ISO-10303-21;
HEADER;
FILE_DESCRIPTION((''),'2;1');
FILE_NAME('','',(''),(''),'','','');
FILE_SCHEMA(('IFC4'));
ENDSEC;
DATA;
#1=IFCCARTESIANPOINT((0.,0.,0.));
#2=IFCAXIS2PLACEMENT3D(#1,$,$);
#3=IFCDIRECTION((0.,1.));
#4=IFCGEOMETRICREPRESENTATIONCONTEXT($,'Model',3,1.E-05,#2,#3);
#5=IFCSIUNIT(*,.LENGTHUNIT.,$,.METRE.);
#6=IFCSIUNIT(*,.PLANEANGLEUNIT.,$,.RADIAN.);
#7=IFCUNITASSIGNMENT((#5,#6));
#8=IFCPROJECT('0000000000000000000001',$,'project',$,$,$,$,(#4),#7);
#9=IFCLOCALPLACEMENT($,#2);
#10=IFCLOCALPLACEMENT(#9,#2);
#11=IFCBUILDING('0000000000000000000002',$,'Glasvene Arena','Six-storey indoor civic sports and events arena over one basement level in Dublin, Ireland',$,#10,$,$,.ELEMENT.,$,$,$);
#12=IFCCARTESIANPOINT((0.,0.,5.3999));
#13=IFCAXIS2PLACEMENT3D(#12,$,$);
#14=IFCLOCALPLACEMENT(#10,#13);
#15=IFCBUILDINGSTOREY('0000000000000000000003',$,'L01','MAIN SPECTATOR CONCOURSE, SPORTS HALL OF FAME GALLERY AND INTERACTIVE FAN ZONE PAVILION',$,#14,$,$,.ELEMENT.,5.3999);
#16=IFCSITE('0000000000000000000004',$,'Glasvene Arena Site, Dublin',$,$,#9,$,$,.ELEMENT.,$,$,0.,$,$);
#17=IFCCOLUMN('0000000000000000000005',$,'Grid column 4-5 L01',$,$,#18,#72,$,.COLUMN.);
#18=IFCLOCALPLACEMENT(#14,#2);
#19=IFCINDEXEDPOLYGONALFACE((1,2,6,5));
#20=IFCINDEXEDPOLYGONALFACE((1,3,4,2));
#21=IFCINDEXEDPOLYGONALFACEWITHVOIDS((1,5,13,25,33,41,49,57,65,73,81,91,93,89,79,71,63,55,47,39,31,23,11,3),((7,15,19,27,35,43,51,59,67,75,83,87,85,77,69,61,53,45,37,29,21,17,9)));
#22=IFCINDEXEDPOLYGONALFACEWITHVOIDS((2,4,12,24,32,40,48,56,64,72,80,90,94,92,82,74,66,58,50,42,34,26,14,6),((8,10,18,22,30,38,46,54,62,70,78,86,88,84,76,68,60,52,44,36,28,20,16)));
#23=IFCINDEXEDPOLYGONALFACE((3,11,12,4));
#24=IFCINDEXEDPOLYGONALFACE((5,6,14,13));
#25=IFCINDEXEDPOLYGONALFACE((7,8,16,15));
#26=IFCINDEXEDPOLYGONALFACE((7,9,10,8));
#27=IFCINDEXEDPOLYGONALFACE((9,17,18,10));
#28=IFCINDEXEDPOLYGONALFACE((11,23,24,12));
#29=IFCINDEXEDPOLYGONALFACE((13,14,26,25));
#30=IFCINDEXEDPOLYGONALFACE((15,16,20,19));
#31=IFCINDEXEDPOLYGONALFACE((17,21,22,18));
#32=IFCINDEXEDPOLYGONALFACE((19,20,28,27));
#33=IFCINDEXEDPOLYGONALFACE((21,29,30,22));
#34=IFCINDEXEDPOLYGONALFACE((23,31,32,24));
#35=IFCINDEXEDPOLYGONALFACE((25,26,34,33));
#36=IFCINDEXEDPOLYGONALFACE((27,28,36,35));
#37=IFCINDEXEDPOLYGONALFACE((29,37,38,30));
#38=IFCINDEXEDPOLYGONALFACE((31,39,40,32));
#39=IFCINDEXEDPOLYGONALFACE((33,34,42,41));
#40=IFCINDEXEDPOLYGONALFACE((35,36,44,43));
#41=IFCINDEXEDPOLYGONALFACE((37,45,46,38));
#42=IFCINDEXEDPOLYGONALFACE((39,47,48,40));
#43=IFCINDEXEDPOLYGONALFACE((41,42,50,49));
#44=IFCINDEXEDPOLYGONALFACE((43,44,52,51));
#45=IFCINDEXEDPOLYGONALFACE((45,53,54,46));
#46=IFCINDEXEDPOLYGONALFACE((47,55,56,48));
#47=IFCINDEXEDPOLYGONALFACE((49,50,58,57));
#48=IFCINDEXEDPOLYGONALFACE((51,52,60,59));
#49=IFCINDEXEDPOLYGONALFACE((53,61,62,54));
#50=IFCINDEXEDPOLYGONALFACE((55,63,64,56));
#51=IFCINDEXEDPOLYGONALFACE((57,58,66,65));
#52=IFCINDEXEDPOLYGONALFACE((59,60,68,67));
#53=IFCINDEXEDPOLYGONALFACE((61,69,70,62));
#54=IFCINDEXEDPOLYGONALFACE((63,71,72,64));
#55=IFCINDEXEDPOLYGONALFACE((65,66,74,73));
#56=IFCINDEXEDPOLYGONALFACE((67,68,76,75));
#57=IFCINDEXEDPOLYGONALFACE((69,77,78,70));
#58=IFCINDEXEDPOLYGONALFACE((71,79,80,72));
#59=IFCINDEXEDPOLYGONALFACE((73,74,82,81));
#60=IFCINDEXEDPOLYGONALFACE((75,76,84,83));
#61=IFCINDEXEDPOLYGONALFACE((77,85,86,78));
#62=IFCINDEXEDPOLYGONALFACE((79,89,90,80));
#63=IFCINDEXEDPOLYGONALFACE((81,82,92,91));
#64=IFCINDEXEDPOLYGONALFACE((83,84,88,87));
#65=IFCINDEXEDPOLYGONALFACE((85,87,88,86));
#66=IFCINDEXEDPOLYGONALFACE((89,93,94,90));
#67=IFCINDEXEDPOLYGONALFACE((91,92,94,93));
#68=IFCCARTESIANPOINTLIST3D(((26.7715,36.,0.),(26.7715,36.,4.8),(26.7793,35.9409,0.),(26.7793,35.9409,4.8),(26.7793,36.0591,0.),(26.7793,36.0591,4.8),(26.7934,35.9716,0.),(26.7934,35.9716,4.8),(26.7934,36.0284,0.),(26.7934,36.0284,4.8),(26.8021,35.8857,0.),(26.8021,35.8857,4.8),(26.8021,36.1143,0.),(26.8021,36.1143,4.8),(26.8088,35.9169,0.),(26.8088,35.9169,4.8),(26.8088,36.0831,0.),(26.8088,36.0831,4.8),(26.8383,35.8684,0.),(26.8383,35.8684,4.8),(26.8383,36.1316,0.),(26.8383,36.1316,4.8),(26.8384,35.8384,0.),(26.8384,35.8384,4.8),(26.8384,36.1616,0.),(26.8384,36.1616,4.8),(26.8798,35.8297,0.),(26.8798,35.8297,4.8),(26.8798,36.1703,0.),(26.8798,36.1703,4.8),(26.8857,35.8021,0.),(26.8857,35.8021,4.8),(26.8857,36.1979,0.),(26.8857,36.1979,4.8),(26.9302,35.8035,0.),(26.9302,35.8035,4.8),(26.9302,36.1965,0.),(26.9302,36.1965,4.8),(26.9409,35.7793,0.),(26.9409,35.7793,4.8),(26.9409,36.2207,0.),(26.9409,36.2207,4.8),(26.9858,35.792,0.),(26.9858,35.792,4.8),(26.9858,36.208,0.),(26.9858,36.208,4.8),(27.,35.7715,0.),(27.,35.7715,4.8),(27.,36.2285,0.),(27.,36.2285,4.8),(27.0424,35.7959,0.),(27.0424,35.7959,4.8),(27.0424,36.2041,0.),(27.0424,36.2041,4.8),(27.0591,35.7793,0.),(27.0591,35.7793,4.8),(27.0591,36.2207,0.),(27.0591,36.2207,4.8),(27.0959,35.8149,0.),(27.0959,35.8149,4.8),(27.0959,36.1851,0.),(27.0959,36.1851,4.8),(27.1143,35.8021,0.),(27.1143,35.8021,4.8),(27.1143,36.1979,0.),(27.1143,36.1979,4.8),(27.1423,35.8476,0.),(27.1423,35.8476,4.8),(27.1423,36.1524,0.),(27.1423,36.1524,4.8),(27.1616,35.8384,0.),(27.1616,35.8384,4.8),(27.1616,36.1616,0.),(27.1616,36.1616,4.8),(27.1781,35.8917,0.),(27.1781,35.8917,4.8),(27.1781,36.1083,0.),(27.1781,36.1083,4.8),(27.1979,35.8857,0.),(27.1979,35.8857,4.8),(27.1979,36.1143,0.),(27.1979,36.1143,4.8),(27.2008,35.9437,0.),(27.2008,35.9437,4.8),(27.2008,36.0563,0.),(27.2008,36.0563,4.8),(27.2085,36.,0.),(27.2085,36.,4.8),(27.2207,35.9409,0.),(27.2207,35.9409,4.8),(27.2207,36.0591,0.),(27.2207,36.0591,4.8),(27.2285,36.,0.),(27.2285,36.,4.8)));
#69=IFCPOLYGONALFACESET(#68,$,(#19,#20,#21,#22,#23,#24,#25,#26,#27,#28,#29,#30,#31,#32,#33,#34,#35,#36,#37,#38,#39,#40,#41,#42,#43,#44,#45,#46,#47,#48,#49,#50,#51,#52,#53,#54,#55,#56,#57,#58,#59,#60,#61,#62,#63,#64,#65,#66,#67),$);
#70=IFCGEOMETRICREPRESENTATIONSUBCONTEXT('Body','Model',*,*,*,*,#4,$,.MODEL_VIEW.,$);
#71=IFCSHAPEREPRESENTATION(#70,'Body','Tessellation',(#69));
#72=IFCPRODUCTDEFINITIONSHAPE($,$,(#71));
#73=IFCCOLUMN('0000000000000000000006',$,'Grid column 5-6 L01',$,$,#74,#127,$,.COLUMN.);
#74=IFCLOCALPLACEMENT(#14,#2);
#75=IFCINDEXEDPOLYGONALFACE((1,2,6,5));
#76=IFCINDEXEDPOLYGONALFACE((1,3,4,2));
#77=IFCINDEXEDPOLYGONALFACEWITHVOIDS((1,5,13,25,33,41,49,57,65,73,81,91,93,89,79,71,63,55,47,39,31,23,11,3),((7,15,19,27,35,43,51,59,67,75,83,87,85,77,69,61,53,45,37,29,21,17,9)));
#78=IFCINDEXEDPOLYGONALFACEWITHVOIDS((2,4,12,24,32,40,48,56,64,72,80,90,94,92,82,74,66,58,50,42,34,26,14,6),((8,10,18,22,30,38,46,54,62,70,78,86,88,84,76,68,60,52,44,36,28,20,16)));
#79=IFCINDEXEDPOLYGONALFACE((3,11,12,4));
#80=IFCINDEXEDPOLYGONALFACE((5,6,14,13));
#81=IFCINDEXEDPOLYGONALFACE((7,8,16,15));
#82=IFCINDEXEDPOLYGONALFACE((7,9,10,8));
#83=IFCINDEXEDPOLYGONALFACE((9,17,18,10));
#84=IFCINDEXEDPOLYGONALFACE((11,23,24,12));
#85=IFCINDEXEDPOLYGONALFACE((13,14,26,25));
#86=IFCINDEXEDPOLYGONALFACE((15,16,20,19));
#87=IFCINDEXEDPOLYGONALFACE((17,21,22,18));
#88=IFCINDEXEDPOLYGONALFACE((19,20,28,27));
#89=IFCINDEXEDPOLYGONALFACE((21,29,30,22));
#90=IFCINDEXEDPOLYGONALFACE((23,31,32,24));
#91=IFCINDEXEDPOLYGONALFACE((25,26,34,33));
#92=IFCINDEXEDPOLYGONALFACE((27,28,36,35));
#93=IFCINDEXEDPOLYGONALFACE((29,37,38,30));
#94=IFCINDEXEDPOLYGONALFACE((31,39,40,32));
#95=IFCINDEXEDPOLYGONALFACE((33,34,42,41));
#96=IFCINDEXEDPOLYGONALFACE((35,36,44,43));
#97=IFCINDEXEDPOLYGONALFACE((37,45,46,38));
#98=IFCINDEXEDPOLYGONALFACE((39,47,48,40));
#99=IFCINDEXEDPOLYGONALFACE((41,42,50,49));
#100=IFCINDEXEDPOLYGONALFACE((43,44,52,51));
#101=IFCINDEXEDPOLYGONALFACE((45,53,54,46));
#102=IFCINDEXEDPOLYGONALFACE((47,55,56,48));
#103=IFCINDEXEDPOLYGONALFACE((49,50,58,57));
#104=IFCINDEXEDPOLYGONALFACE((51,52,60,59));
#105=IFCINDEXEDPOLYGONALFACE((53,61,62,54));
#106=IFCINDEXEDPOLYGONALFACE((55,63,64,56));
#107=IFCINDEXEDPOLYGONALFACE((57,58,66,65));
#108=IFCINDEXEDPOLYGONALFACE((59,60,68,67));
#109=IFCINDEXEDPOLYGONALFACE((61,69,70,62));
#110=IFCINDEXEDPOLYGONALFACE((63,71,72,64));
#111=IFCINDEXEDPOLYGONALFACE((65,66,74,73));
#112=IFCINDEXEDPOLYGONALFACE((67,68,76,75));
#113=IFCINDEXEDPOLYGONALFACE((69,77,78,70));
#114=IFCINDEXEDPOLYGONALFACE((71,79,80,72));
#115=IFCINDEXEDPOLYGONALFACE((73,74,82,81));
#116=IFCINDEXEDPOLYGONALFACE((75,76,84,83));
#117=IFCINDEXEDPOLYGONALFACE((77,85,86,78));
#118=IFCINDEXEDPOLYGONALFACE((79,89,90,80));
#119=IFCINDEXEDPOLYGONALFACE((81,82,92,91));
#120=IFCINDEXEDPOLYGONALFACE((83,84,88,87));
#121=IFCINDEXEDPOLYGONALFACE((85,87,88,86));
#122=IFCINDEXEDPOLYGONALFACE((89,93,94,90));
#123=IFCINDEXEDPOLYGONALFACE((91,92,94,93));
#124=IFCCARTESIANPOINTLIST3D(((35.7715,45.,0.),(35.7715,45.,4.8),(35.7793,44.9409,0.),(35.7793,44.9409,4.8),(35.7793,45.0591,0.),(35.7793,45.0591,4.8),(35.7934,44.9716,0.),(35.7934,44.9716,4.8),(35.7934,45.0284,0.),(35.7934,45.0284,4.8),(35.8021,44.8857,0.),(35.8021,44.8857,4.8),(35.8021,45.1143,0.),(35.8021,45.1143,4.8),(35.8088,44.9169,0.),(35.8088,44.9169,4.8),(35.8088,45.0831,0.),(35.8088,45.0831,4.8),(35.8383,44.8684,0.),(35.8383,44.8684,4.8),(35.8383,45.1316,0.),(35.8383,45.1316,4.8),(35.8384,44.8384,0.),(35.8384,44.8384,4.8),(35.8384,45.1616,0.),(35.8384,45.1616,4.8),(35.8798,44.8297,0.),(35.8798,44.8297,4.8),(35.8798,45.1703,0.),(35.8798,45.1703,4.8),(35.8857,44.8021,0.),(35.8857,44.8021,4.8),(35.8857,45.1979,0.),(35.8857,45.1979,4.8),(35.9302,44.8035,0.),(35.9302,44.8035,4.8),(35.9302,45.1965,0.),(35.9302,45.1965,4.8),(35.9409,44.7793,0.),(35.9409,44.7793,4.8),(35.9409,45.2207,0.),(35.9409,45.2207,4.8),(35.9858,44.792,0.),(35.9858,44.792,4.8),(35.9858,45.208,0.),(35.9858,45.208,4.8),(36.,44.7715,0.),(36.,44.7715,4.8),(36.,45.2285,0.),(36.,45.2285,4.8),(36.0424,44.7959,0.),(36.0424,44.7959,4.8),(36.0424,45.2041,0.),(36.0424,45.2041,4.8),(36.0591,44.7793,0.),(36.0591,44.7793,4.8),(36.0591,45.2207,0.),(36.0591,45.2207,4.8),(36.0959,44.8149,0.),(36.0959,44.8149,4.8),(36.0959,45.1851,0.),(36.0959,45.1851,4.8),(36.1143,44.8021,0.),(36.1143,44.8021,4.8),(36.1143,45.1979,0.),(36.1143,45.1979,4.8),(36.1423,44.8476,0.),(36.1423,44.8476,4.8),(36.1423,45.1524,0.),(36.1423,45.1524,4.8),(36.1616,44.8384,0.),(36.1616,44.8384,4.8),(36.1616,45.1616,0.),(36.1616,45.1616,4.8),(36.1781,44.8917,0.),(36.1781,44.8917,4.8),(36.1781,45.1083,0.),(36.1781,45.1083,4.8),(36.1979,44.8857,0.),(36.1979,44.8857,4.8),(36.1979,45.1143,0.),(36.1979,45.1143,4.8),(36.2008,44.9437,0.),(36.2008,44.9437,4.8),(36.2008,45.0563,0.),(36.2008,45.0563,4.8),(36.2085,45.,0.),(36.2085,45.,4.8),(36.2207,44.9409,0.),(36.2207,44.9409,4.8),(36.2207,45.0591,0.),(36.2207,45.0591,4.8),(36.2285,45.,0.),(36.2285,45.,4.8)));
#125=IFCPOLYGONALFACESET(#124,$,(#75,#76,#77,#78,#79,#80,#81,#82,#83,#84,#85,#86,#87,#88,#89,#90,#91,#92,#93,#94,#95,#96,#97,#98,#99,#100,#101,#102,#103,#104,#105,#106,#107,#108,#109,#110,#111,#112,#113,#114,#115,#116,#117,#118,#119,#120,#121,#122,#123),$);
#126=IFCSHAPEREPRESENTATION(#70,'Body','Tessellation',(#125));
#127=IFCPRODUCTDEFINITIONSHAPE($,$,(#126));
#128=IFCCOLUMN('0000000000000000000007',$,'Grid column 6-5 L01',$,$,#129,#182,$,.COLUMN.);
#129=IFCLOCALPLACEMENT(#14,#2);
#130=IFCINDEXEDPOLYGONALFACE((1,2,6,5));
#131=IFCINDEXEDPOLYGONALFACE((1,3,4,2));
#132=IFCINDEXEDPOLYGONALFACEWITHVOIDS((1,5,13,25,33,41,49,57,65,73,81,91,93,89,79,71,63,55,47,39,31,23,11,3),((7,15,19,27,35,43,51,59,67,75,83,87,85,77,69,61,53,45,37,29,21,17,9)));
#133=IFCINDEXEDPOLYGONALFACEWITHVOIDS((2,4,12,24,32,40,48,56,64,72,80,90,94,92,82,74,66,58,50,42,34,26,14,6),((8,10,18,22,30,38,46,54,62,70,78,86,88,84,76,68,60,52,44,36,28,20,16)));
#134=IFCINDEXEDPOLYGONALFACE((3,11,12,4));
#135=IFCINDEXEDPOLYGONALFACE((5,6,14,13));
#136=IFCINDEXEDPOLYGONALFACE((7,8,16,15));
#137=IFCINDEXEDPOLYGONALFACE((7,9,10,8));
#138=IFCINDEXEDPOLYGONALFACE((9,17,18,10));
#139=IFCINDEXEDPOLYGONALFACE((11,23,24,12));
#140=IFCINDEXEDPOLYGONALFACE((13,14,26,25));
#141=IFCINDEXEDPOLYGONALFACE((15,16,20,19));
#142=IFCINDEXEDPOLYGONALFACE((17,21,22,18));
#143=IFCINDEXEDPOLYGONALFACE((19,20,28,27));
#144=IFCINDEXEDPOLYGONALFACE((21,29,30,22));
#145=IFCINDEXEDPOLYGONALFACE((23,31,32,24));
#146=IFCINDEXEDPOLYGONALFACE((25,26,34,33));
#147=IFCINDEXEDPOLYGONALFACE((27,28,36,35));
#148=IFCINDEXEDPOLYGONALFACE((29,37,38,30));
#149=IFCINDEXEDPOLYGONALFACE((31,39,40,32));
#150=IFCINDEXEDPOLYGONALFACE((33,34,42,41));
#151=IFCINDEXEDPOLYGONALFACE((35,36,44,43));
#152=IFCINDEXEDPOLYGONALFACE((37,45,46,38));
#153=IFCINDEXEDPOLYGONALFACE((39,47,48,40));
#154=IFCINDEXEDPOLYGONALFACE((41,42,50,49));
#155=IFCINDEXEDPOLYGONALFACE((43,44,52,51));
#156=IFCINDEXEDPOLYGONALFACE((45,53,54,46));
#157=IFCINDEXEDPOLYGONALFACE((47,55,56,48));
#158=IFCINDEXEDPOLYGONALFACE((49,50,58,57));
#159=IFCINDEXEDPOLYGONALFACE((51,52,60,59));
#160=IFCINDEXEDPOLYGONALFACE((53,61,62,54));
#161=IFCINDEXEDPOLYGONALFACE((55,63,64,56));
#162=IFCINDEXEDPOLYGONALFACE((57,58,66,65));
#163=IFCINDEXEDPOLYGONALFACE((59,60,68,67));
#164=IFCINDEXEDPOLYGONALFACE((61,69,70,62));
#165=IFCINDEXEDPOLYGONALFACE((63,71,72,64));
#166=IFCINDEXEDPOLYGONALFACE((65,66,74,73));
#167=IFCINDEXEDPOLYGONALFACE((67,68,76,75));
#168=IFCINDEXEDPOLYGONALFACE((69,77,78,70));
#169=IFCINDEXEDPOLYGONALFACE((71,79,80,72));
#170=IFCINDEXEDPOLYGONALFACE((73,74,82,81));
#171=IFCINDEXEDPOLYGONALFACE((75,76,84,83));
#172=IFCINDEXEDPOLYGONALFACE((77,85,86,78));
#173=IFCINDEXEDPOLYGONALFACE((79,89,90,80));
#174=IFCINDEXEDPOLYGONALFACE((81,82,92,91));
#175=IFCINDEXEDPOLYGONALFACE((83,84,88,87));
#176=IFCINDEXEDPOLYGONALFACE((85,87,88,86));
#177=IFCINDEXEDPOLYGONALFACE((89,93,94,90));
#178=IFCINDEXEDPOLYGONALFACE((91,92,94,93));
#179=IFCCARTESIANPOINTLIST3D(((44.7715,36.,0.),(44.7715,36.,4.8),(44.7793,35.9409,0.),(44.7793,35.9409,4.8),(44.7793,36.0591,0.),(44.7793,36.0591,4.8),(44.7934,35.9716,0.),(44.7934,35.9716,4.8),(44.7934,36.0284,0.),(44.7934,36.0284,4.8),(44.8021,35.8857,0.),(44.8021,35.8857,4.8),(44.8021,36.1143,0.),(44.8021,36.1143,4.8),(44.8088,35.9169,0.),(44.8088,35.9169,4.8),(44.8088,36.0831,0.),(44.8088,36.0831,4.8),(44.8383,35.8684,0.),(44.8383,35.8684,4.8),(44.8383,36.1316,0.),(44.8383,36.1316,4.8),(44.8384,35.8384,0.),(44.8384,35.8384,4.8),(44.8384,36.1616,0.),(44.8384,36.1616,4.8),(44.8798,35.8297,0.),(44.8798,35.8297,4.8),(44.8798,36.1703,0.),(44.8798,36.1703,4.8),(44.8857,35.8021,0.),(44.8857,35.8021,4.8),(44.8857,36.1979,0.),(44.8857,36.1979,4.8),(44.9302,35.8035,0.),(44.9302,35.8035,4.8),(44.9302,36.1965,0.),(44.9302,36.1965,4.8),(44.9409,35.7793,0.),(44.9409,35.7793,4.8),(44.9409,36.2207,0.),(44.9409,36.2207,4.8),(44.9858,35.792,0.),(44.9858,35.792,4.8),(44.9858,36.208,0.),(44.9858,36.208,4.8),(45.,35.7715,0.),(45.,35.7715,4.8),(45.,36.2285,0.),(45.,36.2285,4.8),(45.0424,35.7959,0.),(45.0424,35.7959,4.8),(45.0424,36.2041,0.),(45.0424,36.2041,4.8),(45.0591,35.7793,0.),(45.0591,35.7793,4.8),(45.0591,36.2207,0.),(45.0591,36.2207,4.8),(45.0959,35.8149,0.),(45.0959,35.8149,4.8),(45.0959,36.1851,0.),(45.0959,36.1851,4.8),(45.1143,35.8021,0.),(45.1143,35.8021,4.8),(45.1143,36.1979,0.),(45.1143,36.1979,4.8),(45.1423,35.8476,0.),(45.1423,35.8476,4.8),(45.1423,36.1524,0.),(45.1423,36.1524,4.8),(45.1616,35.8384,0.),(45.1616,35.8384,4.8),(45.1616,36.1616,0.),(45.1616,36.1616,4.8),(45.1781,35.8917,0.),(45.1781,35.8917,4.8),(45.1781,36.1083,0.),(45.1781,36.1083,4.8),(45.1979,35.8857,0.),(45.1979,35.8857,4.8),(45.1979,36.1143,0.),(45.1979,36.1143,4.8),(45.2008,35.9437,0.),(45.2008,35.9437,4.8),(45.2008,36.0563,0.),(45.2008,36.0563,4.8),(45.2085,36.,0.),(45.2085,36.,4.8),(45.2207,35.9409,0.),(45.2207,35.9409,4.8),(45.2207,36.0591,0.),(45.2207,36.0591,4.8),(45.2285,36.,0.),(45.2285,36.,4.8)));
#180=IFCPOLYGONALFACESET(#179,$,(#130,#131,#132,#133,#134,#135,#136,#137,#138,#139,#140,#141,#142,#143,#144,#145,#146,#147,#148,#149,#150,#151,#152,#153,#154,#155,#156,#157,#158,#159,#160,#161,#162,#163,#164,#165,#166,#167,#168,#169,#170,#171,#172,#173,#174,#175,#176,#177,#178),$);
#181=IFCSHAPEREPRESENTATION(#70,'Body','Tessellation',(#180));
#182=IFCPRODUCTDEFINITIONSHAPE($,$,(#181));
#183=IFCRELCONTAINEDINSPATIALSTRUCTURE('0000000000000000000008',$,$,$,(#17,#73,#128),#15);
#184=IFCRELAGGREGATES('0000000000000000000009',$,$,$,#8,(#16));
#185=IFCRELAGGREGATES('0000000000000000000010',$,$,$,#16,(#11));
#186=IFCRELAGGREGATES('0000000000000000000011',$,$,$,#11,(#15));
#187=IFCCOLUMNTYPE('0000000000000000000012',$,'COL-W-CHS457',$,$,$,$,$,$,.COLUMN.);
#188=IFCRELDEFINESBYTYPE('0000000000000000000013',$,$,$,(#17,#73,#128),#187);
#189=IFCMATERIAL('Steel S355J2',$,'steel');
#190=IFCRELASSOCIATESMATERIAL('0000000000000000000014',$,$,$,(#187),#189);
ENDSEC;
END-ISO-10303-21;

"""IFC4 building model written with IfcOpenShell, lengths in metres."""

from ifc_helpers import new_model, si_unit, direction, frame, origin, origin_2d, place, context, subcontext, project, spatial, hollow_circle, extrude, material, material_profile, profile_set, type_object, element, save


model = new_model("IFC4")

# Units and contexts
model_context = context("Model", 3, precision=1e-05, world=origin(), true_north=direction((0.0, 1.0)))
body_context = subcontext(model_context, "Body", "Model", "MODEL_VIEW")
ifc_project = project(units=[si_unit("LENGTHUNIT", "METRE"), si_unit("PLANEANGLEUNIT", "RADIAN")], contexts=[model_context])

# Site, building, storey
site_placement = place(None, origin())
site = spatial("IfcSite", under=ifc_project, at=site_placement, Name="Glasvene Arena Site, Dublin", CompositionType="ELEMENT", RefElevation=0.0)
building_placement = place(site_placement, origin())
building = spatial("IfcBuilding", under=site, at=building_placement, Name="Glasvene Arena", Description="Six-storey indoor civic sports and events arena over one basement level in Dublin, Ireland", CompositionType="ELEMENT")
storey_placement = place(building_placement, frame((0.0, 0.0, 5.3999)))
storey = spatial("IfcBuildingStorey", under=building, at=storey_placement, Name="L01", Description="MAIN SPECTATOR CONCOURSE, SPORTS HALL OF FAME GALLERY AND INTERACTIVE FAN ZONE PAVILION", CompositionType="ELEMENT", Elevation=5.3999)

# Columns
ifc_material_1 = material(Name="Steel S355J2", Category="steel")
ifc_material_profile_1 = material_profile(ifc_material_1, hollow_circle(Radius=0.2285, WallThickness=0.02, at=origin_2d()), Name="CHS 457.0x20.0")
ifc_profile_set_1 = profile_set([ifc_material_profile_1], Name="Steel S355J2")
column_type_1 = type_object("IfcColumnType", Name="COL-W-CHS457", PredefinedType="COLUMN", material=ifc_profile_set_1)
for number, where, z_axis, x_axis, name in (
    (1, (27.0, 36.0, 0.0), (0.0, 0.0, 1.0), (1.0, 0.0, 0.0), "Grid column 4-5 L01"),
    (2, (36.0, 45.0, 0.0), (0.0, 0.0, 1.0), (1.0, 0.0, 0.0), "Grid column 5-6 L01"),
    (3, (45.0, 36.0, 0.0), (0.0, 0.0, 1.0), (1.0, 0.0, 0.0), "Grid column 6-5 L01"),
):
    element("IfcColumn", number, at=place(storey_placement, frame(where, z_axis=z_axis, x_axis=x_axis)), inside=storey, type_object=column_type_1, Name=name, PredefinedType="COLUMN", context=body_context, shape_type="SweptSolid", body=[
        extrude(hollow_circle(Radius=0.2285, WallThickness=0.02, at=origin_2d()), origin(), (0.0, 0.0, 1.0), 4.8),
    ])

save(model, "model.ifc")
